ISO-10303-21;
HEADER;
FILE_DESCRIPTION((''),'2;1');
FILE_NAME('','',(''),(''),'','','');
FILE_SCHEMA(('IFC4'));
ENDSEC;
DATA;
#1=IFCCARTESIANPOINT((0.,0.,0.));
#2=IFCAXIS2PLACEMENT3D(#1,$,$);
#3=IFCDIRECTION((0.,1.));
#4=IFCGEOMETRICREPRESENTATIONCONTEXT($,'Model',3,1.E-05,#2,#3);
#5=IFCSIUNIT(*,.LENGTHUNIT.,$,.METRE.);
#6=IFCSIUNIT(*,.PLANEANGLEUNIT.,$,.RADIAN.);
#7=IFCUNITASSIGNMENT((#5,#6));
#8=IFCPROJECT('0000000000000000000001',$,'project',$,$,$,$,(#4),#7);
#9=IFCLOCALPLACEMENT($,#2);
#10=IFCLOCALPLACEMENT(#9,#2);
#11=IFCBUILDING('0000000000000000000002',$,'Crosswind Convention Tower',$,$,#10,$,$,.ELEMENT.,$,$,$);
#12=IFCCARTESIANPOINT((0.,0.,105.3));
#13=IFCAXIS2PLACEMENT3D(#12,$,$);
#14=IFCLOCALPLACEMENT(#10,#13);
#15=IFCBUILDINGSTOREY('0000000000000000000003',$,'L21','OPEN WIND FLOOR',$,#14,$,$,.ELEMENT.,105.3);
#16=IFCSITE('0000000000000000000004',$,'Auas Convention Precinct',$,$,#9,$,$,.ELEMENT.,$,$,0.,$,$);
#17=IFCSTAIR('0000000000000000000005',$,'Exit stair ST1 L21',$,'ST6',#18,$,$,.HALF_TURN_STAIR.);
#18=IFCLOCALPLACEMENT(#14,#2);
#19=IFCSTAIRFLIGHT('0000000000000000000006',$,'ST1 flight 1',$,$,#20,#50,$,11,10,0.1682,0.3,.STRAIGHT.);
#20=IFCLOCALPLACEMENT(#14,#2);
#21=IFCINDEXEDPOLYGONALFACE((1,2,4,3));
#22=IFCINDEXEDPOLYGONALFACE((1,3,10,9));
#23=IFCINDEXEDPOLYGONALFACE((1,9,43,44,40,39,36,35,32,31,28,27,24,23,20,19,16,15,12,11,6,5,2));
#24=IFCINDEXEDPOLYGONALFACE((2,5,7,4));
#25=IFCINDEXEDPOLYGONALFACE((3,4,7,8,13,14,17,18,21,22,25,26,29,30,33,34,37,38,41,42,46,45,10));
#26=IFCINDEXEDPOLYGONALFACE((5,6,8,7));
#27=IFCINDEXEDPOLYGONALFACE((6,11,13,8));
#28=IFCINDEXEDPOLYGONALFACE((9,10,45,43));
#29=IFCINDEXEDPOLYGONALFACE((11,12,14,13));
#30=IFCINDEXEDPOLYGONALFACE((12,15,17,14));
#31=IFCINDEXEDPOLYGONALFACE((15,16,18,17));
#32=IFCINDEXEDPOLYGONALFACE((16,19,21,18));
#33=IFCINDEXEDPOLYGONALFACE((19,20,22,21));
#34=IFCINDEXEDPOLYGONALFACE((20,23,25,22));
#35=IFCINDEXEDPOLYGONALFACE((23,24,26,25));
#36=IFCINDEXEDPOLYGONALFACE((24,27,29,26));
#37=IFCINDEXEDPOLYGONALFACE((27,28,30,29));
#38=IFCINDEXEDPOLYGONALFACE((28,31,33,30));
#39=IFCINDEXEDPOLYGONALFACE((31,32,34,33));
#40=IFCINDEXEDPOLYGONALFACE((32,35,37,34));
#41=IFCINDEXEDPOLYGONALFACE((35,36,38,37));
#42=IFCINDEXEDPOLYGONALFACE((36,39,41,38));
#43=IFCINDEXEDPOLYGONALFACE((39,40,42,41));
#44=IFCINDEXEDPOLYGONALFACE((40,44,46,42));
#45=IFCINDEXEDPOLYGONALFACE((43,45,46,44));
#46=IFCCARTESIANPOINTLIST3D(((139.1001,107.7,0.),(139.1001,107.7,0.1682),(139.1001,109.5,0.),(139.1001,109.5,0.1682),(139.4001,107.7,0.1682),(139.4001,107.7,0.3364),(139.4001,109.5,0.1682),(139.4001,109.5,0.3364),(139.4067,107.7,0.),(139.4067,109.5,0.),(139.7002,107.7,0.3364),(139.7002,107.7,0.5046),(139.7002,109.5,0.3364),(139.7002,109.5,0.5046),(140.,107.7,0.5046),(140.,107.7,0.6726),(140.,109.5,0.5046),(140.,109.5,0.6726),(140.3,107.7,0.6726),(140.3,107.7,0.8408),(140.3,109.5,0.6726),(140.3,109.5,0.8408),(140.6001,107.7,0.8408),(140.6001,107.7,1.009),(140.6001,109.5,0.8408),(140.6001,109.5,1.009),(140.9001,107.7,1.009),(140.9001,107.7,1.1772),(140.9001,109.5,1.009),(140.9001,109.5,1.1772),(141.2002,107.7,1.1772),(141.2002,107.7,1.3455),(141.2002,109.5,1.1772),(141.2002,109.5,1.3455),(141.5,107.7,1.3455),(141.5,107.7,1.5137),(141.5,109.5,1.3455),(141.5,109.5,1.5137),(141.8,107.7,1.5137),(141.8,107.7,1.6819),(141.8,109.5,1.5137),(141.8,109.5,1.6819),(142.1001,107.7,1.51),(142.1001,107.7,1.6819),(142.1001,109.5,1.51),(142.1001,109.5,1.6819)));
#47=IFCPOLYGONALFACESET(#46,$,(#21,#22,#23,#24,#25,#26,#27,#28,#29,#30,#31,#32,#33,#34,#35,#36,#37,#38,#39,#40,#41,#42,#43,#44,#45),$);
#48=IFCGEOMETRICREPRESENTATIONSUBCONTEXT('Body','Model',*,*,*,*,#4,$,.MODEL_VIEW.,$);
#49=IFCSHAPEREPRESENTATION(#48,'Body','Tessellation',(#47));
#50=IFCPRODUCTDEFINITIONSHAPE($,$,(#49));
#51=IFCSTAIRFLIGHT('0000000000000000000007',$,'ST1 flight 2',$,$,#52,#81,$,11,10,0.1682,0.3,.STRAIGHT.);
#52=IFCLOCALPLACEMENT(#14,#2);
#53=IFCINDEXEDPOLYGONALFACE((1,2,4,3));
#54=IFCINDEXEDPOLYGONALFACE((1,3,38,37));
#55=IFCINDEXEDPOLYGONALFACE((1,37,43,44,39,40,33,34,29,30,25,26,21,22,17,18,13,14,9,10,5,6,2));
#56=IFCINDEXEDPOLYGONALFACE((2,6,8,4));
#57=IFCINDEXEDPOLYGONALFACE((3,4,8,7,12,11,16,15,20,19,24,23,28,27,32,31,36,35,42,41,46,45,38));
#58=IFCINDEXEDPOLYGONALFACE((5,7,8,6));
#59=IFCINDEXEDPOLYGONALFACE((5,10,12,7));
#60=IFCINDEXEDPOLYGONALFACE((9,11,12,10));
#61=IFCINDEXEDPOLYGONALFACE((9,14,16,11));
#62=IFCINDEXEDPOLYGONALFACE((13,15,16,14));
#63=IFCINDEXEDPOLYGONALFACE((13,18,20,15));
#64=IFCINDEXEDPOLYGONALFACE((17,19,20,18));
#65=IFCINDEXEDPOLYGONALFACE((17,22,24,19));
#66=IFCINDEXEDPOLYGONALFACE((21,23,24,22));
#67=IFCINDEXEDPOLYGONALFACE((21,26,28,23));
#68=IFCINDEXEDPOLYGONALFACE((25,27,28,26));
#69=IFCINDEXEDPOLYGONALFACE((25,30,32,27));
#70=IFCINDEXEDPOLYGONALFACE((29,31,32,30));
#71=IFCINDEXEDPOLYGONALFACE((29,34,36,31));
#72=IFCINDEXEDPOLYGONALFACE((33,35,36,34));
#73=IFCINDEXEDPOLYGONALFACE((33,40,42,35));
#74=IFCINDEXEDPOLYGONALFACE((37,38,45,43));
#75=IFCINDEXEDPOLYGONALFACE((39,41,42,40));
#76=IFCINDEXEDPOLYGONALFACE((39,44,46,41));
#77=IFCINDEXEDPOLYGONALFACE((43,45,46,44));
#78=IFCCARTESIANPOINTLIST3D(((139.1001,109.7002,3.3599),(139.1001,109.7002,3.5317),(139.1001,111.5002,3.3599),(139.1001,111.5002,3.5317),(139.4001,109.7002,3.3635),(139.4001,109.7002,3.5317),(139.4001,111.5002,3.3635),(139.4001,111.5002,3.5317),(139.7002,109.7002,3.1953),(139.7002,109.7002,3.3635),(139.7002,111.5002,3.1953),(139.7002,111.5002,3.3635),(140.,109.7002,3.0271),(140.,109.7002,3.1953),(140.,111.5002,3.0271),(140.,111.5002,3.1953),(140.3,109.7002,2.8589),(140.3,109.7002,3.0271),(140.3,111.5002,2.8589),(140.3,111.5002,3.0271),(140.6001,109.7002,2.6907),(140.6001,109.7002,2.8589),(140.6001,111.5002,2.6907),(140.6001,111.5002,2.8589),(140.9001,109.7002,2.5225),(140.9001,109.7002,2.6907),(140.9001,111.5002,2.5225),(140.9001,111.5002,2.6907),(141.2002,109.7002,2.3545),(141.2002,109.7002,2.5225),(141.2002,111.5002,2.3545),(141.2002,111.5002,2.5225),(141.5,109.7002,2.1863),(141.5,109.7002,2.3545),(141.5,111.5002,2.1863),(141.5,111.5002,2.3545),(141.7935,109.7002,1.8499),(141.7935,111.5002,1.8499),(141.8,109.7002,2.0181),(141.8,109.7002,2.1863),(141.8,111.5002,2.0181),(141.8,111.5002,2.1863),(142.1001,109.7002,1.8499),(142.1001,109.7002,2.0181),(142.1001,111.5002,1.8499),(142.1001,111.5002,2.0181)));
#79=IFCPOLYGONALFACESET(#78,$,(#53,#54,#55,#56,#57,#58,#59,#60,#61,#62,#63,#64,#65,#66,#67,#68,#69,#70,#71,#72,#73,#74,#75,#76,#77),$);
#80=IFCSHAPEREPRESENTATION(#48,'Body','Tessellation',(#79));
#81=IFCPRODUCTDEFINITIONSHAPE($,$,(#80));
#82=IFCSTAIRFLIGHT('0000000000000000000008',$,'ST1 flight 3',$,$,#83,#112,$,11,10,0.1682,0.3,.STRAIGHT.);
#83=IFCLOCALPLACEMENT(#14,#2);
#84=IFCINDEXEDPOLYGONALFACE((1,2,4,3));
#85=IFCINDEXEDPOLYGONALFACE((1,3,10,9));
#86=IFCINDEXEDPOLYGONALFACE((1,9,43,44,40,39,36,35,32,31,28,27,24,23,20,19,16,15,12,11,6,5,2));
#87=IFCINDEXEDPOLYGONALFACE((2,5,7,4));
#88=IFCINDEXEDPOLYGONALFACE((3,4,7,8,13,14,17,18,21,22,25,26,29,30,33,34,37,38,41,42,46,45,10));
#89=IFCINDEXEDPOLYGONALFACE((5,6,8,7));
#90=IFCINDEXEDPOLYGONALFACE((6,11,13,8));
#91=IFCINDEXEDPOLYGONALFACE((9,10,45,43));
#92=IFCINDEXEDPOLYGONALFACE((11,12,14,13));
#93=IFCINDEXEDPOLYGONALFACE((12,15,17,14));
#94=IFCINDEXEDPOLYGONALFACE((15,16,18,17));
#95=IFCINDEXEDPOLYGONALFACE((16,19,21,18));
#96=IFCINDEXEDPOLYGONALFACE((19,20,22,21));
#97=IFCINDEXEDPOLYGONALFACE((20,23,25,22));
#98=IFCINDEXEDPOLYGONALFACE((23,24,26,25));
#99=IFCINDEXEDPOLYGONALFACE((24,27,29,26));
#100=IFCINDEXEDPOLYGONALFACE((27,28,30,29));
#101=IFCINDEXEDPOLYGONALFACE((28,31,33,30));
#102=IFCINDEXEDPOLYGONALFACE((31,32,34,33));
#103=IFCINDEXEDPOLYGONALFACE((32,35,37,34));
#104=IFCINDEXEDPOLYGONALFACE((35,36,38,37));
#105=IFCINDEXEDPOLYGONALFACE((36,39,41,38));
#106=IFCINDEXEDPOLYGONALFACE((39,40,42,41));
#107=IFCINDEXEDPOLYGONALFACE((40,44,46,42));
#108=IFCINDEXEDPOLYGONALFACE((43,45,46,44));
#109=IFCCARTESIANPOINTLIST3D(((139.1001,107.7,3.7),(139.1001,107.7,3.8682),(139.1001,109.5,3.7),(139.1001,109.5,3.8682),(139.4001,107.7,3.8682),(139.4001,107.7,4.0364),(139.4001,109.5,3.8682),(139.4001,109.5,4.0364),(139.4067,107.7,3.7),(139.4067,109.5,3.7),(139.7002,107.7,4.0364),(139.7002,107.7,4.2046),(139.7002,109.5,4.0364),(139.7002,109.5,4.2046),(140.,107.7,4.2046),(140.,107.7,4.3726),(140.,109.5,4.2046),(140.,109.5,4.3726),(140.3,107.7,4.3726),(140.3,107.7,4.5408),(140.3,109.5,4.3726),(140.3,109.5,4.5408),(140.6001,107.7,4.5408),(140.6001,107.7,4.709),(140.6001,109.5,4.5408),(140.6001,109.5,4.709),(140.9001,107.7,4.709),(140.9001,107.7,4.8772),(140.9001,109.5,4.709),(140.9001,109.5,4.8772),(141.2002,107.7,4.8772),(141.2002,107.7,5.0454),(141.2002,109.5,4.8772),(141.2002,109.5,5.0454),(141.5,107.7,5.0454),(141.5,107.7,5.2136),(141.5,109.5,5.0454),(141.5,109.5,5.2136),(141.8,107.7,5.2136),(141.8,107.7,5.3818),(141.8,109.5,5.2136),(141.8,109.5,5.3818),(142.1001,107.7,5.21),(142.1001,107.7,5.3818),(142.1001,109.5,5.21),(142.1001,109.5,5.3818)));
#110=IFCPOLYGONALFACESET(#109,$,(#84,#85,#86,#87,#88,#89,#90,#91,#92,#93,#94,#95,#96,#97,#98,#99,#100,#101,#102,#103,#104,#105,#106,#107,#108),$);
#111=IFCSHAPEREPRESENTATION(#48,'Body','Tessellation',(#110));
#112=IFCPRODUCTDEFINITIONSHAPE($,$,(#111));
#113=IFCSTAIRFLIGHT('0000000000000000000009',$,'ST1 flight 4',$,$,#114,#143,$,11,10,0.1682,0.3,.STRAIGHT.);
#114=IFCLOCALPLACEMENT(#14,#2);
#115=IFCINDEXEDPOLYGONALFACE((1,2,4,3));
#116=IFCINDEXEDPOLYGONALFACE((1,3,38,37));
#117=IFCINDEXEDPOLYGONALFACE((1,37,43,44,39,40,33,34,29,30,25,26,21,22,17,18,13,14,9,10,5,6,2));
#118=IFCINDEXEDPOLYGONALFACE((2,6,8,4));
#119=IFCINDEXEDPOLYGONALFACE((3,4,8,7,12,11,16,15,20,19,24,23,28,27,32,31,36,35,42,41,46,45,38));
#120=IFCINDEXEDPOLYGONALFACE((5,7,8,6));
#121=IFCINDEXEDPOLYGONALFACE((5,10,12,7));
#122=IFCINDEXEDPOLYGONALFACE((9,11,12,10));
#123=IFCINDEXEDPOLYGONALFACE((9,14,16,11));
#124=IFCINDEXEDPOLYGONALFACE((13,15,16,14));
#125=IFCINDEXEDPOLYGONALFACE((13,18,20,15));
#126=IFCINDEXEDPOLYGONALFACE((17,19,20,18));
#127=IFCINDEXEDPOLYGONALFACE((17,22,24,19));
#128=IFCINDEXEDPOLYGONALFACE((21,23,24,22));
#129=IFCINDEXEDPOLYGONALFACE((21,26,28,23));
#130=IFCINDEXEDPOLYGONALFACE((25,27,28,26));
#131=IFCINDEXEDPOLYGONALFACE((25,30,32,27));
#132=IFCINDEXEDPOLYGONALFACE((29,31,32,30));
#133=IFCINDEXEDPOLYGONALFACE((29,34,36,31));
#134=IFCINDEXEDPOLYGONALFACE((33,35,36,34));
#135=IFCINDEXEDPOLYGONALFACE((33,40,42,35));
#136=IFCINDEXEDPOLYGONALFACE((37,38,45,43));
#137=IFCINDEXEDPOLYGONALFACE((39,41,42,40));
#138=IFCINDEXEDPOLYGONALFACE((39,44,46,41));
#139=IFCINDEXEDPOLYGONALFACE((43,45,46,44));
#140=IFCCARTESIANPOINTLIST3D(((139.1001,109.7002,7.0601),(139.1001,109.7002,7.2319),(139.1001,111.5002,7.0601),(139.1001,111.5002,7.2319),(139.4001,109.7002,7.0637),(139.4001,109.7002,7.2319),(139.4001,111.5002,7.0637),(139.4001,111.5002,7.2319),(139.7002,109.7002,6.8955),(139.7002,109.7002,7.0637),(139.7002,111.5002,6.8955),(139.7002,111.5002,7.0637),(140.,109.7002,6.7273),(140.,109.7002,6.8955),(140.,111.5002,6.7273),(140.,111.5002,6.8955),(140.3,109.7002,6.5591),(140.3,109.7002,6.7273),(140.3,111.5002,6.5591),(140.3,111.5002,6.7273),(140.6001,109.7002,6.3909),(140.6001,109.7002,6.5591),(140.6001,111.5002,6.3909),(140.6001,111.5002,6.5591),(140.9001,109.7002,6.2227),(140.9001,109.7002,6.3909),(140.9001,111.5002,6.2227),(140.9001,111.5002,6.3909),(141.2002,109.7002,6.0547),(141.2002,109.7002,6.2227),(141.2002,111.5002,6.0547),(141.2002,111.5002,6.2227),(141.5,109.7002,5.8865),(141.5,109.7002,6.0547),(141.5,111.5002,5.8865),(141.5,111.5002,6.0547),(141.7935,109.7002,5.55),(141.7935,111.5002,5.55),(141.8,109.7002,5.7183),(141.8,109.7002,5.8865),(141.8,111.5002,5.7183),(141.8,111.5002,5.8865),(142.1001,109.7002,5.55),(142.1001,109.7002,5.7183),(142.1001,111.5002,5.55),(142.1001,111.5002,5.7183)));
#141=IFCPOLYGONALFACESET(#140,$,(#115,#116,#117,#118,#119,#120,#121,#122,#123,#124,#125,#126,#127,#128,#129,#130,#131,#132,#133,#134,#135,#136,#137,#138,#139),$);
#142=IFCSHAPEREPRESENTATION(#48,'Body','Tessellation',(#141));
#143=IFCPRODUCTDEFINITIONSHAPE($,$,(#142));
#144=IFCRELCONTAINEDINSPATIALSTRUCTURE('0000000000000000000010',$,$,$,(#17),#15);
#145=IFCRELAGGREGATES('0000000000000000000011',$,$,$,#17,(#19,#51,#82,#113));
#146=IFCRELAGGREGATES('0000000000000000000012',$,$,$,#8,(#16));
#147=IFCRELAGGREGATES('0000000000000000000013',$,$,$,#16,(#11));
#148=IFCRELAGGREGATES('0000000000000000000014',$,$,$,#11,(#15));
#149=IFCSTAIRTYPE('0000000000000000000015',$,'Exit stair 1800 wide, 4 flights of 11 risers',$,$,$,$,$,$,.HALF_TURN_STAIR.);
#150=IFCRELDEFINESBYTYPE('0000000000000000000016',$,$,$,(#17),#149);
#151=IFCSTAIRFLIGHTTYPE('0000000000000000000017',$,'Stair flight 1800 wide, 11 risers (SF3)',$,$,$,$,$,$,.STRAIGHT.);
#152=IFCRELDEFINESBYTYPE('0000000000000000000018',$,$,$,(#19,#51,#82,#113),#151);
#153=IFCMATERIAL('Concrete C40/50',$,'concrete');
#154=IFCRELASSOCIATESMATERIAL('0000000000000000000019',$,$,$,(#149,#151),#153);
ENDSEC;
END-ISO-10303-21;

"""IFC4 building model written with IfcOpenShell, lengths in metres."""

from ifc_helpers import new_model, si_unit, direction, frame, origin, place, context, subcontext, project, spatial, polyline, outline, extrude, material, type_object, element, aggregate, save


model = new_model("IFC4")

# Units and contexts
model_context = context("Model", 3, precision=1e-05, world=origin(), true_north=direction((0.0, 1.0)))
body_context = subcontext(model_context, "Body", "Model", "MODEL_VIEW")
ifc_project = project(units=[si_unit("LENGTHUNIT", "METRE"), si_unit("PLANEANGLEUNIT", "RADIAN")], contexts=[model_context])

# Site, building, storey
site_placement = place(None, origin())
site = spatial("IfcSite", under=ifc_project, at=site_placement, Name="Auas Convention Precinct", CompositionType="ELEMENT", RefElevation=0.0)
building_placement = place(site_placement, origin())
building = spatial("IfcBuilding", under=site, at=building_placement, Name="Crosswind Convention Tower", CompositionType="ELEMENT")
storey_placement = place(building_placement, frame((0.0, 0.0, 105.3)))
storey = spatial("IfcBuildingStorey", under=building, at=storey_placement, Name="L21", Description="OPEN WIND FLOOR", CompositionType="ELEMENT", Elevation=105.3)

# Stair, stair flights
ifc_material_1 = material(Name="Concrete C40/50", Category="concrete")
stair_type = type_object("IfcStairType", Name="Exit stair 1800 wide, 4 flights of 11 risers", PredefinedType="HALF_TURN_STAIR", material=ifc_material_1)
stair_placement = place(storey_placement, origin())
stair = element("IfcStair", 1, at=stair_placement, inside=storey, type_object=stair_type, Name="Exit stair ST1 L21", ObjectType="ST6", PredefinedType="HALF_TURN_STAIR")
stair_flight_type = type_object("IfcStairFlightType", Name="Stair flight 1800 wide, 11 risers (SF3)", PredefinedType="STRAIGHT", material=ifc_material_1)
stair_flight_1_placement = place(storey_placement, frame((139.1001, 108.6001, 0.0), z_axis=(0.0, 0.0, 1.0), x_axis=(1.0, 0.0, 0.0)))
stair_flight_1 = element("IfcStairFlight", 2, at=stair_flight_1_placement, type_object=stair_flight_type, Name="ST1 flight 1", NumberOfRisers=11, NumberOfTreads=10, PredefinedType="STRAIGHT", RiserHeight=0.1682, TreadLength=0.3, context=body_context, shape_type="SweptSolid", body=[
    extrude(outline(polyline([(0.0, 0.0), (0.0, 0.1682), (0.3, 0.1682), (0.3, 0.3364), (0.6001, 0.3364), (0.6001, 0.5046), (0.8999, 0.5046), (0.8999, 0.6726), (1.2, 0.6726), (1.2, 0.8408), (1.5, 0.8408), (1.5, 1.009), (1.8, 1.009), (1.8, 1.1772), (2.1001, 1.1772), (2.1001, 1.3455), (2.3999, 1.3455), (2.3999, 1.5137), (2.7, 1.5137), (2.7, 1.6819), (3.0, 1.6819), (3.0, 1.8501), (3.0, 1.51), (0.3066, 0.0), (0.0, 0.0)])), frame((0.0, 0.8999, 0.0), z_axis=(0.0, -1.0, 0.0), x_axis=(1.0, 0.0, 0.0)), (0.0, 0.0, 1.0), 1.8),
])
stair_flight_2_placement = place(storey_placement, frame((142.1001, 110.6001, 1.8499), z_axis=(0.0, 0.0, 1.0), x_axis=(-1.0, 0.0, 0.0)))
stair_flight_2 = element("IfcStairFlight", 3, at=stair_flight_2_placement, type_object=stair_flight_type, Name="ST1 flight 2", NumberOfRisers=11, NumberOfTreads=10, PredefinedType="STRAIGHT", RiserHeight=0.1682, TreadLength=0.3, context=body_context, shape_type="SweptSolid", body=[
    extrude(outline(polyline([(0.0, 0.0), (0.0, 0.1682), (0.3, 0.1682), (0.3, 0.3364), (0.6001, 0.3364), (0.6001, 0.5046), (0.8999, 0.5046), (0.8999, 0.6726), (1.2, 0.6726), (1.2, 0.8408), (1.5, 0.8408), (1.5, 1.009), (1.8, 1.009), (1.8, 1.1772), (2.1001, 1.1772), (2.1001, 1.3455), (2.3999, 1.3455), (2.3999, 1.5137), (2.7, 1.5137), (2.7, 1.6819), (3.0, 1.6819), (3.0, 1.8501), (3.0, 1.51), (0.3066, 0.0), (0.0, 0.0)])), frame((0.0, 0.8999, 0.0), z_axis=(0.0, -1.0, 0.0), x_axis=(1.0, 0.0, 0.0)), (0.0, 0.0, 1.0), 1.8),
])
stair_flight_3_placement = place(storey_placement, frame((139.1001, 108.6001, 3.7), z_axis=(0.0, 0.0, 1.0), x_axis=(1.0, 0.0, 0.0)))
stair_flight_3 = element("IfcStairFlight", 4, at=stair_flight_3_placement, type_object=stair_flight_type, Name="ST1 flight 3", NumberOfRisers=11, NumberOfTreads=10, PredefinedType="STRAIGHT", RiserHeight=0.1682, TreadLength=0.3, context=body_context, shape_type="SweptSolid", body=[
    extrude(outline(polyline([(0.0, 0.0), (0.0, 0.1682), (0.3, 0.1682), (0.3, 0.3364), (0.6001, 0.3364), (0.6001, 0.5046), (0.8999, 0.5046), (0.8999, 0.6726), (1.2, 0.6726), (1.2, 0.8408), (1.5, 0.8408), (1.5, 1.009), (1.8, 1.009), (1.8, 1.1772), (2.1001, 1.1772), (2.1001, 1.3455), (2.3999, 1.3455), (2.3999, 1.5137), (2.7, 1.5137), (2.7, 1.6819), (3.0, 1.6819), (3.0, 1.8501), (3.0, 1.51), (0.3066, 0.0), (0.0, 0.0)])), frame((0.0, 0.8999, 0.0), z_axis=(0.0, -1.0, 0.0), x_axis=(1.0, 0.0, 0.0)), (0.0, 0.0, 1.0), 1.8),
])
stair_flight_4_placement = place(storey_placement, frame((142.1001, 110.6001, 5.55), z_axis=(0.0, 0.0, 1.0), x_axis=(-1.0, 0.0, 0.0)))
stair_flight_4 = element("IfcStairFlight", 5, at=stair_flight_4_placement, type_object=stair_flight_type, Name="ST1 flight 4", NumberOfRisers=11, NumberOfTreads=10, PredefinedType="STRAIGHT", RiserHeight=0.1682, TreadLength=0.3, context=body_context, shape_type="SweptSolid", body=[
    extrude(outline(polyline([(0.0, 0.0), (0.0, 0.1682), (0.3, 0.1682), (0.3, 0.3364), (0.6001, 0.3364), (0.6001, 0.5046), (0.8999, 0.5046), (0.8999, 0.6726), (1.2, 0.6726), (1.2, 0.8408), (1.5, 0.8408), (1.5, 1.009), (1.8, 1.009), (1.8, 1.1772), (2.1001, 1.1772), (2.1001, 1.3455), (2.3999, 1.3455), (2.3999, 1.5137), (2.7, 1.5137), (2.7, 1.6819), (3.0, 1.6819), (3.0, 1.8501), (3.0, 1.51), (0.3066, 0.0), (0.0, 0.0)])), frame((0.0, 0.8999, 0.0), z_axis=(0.0, -1.0, 0.0), x_axis=(1.0, 0.0, 0.0)), (0.0, 0.0, 1.0), 1.8),
])
aggregate(stair, [stair_flight_1, stair_flight_2, stair_flight_3, stair_flight_4])

save(model, "model.ifc")
